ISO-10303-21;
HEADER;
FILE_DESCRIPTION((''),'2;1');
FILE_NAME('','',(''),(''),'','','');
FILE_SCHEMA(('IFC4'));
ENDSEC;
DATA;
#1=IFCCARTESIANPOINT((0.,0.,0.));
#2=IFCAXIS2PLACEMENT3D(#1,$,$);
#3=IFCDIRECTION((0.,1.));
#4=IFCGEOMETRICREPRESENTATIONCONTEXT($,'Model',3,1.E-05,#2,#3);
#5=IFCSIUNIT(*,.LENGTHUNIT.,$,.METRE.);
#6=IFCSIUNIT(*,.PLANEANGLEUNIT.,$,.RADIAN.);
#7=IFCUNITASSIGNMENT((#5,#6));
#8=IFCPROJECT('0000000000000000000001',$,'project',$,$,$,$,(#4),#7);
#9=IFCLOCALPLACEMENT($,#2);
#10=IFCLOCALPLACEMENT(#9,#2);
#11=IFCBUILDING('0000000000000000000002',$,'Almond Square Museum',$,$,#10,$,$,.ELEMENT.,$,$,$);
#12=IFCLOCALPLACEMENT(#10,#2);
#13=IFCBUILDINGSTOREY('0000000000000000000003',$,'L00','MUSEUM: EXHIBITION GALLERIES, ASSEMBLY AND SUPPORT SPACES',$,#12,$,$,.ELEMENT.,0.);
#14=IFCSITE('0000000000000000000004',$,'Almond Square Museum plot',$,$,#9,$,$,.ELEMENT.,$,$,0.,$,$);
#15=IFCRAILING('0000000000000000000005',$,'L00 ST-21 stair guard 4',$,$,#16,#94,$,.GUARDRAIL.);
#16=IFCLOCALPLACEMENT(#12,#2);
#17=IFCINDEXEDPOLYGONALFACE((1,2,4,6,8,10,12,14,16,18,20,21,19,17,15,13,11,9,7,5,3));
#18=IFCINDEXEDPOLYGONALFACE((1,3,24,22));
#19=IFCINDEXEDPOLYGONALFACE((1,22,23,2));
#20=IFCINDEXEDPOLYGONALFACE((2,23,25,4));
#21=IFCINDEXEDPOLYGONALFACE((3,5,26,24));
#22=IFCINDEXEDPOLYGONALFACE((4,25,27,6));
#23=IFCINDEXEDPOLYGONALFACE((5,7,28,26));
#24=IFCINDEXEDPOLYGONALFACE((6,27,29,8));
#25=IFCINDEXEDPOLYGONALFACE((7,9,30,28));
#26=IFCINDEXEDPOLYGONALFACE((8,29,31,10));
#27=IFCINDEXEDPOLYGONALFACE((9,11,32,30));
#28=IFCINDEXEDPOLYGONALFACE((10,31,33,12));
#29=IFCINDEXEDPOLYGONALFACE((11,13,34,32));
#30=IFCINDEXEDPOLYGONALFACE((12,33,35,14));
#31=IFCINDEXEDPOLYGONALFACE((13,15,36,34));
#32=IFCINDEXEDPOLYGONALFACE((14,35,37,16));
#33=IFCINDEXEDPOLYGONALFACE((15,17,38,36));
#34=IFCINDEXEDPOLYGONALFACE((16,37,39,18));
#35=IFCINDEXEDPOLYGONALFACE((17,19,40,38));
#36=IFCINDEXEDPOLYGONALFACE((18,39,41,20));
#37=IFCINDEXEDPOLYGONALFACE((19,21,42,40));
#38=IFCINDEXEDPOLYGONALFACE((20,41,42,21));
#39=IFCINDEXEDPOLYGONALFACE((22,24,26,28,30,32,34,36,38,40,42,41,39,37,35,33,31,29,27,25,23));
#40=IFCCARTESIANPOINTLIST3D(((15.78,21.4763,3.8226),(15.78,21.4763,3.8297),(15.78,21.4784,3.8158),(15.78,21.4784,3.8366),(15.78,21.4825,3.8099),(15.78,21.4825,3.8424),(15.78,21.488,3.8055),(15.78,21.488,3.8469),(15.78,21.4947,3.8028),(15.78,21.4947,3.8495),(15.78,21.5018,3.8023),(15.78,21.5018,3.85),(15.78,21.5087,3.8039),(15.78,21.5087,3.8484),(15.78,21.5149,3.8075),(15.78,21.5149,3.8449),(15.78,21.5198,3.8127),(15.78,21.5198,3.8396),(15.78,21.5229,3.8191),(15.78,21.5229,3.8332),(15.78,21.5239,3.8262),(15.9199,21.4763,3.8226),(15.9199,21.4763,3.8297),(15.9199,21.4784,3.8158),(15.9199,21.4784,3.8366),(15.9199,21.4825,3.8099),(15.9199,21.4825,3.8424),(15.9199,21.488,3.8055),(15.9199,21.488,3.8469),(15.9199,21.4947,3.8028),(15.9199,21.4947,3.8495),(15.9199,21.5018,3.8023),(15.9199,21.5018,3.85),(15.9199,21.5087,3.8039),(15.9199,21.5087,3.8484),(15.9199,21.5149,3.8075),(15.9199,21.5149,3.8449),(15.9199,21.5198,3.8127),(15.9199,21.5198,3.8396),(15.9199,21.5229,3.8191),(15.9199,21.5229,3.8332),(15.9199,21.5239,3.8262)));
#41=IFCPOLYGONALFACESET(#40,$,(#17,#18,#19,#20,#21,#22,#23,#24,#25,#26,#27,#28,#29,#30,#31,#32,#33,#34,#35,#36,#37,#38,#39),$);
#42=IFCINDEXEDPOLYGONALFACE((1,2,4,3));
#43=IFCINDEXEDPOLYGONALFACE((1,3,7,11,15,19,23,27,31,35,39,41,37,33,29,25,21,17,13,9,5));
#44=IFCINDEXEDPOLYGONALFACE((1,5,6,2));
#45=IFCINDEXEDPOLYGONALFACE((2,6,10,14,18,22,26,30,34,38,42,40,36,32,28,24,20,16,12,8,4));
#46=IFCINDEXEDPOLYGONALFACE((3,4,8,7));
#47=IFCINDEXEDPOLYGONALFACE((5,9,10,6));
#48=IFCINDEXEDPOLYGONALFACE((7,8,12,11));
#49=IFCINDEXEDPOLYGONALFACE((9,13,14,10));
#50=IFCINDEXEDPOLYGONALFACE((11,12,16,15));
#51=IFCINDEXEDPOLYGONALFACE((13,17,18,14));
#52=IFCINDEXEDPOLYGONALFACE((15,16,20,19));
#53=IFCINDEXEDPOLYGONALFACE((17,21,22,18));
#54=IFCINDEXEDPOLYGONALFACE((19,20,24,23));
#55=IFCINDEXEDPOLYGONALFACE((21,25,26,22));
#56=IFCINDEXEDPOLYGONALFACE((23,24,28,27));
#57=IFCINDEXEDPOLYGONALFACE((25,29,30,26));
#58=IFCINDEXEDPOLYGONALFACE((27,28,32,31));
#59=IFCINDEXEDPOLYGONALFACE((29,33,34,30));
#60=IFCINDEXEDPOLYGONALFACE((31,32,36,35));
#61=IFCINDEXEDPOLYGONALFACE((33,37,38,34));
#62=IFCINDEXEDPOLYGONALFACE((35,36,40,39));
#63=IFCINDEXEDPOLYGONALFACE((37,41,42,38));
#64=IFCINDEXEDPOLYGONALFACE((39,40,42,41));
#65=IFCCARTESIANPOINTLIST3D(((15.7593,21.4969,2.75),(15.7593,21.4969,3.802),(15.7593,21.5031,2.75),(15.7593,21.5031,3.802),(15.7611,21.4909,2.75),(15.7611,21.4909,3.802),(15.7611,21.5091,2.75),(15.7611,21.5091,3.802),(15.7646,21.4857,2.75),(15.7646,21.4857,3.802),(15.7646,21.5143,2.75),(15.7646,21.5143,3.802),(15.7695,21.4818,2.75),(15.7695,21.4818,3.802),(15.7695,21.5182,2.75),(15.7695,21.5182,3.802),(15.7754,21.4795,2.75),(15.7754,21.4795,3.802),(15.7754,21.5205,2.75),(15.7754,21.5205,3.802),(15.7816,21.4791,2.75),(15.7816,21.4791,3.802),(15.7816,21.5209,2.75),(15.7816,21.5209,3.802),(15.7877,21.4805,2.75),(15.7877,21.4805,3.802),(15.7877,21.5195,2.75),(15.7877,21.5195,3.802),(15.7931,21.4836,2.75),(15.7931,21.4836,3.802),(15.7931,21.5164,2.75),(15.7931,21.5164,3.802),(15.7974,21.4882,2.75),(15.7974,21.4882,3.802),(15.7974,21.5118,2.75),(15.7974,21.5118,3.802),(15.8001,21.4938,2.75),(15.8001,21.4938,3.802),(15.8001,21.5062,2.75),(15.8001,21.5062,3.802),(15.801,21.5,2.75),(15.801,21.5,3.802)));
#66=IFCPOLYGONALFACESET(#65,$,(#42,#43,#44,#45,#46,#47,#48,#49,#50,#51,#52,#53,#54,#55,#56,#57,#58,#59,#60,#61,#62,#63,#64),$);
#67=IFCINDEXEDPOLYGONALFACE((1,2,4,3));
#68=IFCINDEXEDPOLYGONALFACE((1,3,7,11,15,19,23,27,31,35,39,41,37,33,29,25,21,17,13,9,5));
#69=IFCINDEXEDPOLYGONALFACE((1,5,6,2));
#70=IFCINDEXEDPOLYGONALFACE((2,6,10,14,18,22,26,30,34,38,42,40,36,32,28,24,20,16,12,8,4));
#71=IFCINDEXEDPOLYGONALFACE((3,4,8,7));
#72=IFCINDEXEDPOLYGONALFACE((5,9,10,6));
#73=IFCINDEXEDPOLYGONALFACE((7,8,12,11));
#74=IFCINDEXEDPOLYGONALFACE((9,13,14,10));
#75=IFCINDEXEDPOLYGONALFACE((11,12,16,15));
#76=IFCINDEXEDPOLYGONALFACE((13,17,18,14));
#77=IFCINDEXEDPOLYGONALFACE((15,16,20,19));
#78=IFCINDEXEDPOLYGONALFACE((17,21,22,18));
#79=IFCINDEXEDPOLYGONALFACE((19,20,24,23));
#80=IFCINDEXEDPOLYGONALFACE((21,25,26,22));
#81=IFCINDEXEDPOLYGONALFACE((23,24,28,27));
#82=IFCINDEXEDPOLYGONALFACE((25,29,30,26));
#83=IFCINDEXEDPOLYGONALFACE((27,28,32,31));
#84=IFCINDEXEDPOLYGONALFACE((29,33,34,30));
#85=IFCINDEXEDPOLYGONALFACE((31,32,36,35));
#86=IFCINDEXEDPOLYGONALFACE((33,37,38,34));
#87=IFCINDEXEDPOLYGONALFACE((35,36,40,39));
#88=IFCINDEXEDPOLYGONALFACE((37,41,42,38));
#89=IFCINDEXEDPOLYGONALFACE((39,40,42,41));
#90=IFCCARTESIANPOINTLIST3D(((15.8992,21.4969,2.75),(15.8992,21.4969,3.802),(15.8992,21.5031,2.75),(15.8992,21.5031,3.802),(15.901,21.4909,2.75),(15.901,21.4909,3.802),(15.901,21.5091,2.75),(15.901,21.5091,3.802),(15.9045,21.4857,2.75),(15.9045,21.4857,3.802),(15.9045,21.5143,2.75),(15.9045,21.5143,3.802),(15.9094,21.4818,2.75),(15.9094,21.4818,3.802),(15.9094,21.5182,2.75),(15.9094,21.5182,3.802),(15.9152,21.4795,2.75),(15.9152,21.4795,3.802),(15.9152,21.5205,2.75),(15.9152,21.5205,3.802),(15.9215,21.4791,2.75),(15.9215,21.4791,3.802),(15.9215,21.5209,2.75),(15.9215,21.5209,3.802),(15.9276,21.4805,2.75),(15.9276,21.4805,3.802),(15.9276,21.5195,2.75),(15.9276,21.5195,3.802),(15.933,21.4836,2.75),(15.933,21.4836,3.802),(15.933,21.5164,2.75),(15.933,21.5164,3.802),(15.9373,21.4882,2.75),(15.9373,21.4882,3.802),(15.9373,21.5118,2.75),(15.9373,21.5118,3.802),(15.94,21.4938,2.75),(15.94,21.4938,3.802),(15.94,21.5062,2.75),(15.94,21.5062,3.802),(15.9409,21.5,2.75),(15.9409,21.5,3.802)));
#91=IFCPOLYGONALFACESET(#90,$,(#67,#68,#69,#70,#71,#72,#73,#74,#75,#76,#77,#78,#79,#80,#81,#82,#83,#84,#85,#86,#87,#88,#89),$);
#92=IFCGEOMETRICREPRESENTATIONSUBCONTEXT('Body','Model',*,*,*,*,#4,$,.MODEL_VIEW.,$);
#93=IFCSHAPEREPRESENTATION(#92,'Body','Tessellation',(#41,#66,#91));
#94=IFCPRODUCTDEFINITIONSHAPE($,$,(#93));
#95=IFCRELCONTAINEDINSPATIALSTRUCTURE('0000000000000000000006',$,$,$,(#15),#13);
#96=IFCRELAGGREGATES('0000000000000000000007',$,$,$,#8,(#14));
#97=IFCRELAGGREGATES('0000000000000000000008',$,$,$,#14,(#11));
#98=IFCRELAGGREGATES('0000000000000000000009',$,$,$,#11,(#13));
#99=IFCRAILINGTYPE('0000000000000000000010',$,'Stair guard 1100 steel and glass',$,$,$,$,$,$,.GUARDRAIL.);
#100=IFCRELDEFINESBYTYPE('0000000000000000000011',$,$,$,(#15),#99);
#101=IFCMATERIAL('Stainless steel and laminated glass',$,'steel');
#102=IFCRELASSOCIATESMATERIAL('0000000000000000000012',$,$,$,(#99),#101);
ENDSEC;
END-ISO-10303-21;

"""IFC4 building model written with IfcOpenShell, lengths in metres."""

from ifc_helpers import new_model, si_unit, direction, frame, origin, origin_2d, place, context, subcontext, project, spatial, circle, extrude, material, type_object, element, save


model = new_model("IFC4")

# Units and contexts
model_context = context("Model", 3, precision=1e-05, world=origin(), true_north=direction((0.0, 1.0)))
body_context = subcontext(model_context, "Body", "Model", "MODEL_VIEW")
ifc_project = project(units=[si_unit("LENGTHUNIT", "METRE"), si_unit("PLANEANGLEUNIT", "RADIAN")], contexts=[model_context])

# Site, building, storey
site_placement = place(None, origin())
site = spatial("IfcSite", under=ifc_project, at=site_placement, Name="Almond Square Museum plot", CompositionType="ELEMENT", RefElevation=0.0)
building_placement = place(site_placement, origin())
building = spatial("IfcBuilding", under=site, at=building_placement, Name="Almond Square Museum", CompositionType="ELEMENT")
storey_placement = place(building_placement, origin())
storey = spatial("IfcBuildingStorey", under=building, at=storey_placement, Name="L00", Description="MUSEUM: EXHIBITION GALLERIES, ASSEMBLY AND SUPPORT SPACES", CompositionType="ELEMENT", Elevation=0.0)

# Railing
ifc_material_1 = material(Name="Stainless steel and laminated glass", Category="steel")
railing_type_1 = type_object("IfcRailingType", Name="Stair guard 1100 steel and glass", PredefinedType="GUARDRAIL", material=ifc_material_1)
railing_1_placement = place(storey_placement, frame((15.78, 21.5, 2.75)))
element("IfcRailing", 1, at=railing_1_placement, inside=storey, type_object=railing_type_1, Name="L00 ST-21 stair guard 4", PredefinedType="GUARDRAIL", context=body_context, shape_type="SweptSolid", body=[
    extrude(circle(Radius=0.0239, at=origin_2d()), frame((0.0, 0.0, 1.0762), z_axis=(1.0, 0.0, 0.0), x_axis=(0.0, 1.0, 0.0)), (0.0, 0.0, 1.0), 0.1399),
    extrude(circle(Radius=0.021, at=origin_2d()), origin(), (0.0, 0.0, 1.0), 1.052),
    extrude(circle(Radius=0.021, at=origin_2d()), frame((0.1399, 0.0, 0.0)), (0.0, 0.0, 1.0), 1.052),
])

save(model, "model.ifc")
